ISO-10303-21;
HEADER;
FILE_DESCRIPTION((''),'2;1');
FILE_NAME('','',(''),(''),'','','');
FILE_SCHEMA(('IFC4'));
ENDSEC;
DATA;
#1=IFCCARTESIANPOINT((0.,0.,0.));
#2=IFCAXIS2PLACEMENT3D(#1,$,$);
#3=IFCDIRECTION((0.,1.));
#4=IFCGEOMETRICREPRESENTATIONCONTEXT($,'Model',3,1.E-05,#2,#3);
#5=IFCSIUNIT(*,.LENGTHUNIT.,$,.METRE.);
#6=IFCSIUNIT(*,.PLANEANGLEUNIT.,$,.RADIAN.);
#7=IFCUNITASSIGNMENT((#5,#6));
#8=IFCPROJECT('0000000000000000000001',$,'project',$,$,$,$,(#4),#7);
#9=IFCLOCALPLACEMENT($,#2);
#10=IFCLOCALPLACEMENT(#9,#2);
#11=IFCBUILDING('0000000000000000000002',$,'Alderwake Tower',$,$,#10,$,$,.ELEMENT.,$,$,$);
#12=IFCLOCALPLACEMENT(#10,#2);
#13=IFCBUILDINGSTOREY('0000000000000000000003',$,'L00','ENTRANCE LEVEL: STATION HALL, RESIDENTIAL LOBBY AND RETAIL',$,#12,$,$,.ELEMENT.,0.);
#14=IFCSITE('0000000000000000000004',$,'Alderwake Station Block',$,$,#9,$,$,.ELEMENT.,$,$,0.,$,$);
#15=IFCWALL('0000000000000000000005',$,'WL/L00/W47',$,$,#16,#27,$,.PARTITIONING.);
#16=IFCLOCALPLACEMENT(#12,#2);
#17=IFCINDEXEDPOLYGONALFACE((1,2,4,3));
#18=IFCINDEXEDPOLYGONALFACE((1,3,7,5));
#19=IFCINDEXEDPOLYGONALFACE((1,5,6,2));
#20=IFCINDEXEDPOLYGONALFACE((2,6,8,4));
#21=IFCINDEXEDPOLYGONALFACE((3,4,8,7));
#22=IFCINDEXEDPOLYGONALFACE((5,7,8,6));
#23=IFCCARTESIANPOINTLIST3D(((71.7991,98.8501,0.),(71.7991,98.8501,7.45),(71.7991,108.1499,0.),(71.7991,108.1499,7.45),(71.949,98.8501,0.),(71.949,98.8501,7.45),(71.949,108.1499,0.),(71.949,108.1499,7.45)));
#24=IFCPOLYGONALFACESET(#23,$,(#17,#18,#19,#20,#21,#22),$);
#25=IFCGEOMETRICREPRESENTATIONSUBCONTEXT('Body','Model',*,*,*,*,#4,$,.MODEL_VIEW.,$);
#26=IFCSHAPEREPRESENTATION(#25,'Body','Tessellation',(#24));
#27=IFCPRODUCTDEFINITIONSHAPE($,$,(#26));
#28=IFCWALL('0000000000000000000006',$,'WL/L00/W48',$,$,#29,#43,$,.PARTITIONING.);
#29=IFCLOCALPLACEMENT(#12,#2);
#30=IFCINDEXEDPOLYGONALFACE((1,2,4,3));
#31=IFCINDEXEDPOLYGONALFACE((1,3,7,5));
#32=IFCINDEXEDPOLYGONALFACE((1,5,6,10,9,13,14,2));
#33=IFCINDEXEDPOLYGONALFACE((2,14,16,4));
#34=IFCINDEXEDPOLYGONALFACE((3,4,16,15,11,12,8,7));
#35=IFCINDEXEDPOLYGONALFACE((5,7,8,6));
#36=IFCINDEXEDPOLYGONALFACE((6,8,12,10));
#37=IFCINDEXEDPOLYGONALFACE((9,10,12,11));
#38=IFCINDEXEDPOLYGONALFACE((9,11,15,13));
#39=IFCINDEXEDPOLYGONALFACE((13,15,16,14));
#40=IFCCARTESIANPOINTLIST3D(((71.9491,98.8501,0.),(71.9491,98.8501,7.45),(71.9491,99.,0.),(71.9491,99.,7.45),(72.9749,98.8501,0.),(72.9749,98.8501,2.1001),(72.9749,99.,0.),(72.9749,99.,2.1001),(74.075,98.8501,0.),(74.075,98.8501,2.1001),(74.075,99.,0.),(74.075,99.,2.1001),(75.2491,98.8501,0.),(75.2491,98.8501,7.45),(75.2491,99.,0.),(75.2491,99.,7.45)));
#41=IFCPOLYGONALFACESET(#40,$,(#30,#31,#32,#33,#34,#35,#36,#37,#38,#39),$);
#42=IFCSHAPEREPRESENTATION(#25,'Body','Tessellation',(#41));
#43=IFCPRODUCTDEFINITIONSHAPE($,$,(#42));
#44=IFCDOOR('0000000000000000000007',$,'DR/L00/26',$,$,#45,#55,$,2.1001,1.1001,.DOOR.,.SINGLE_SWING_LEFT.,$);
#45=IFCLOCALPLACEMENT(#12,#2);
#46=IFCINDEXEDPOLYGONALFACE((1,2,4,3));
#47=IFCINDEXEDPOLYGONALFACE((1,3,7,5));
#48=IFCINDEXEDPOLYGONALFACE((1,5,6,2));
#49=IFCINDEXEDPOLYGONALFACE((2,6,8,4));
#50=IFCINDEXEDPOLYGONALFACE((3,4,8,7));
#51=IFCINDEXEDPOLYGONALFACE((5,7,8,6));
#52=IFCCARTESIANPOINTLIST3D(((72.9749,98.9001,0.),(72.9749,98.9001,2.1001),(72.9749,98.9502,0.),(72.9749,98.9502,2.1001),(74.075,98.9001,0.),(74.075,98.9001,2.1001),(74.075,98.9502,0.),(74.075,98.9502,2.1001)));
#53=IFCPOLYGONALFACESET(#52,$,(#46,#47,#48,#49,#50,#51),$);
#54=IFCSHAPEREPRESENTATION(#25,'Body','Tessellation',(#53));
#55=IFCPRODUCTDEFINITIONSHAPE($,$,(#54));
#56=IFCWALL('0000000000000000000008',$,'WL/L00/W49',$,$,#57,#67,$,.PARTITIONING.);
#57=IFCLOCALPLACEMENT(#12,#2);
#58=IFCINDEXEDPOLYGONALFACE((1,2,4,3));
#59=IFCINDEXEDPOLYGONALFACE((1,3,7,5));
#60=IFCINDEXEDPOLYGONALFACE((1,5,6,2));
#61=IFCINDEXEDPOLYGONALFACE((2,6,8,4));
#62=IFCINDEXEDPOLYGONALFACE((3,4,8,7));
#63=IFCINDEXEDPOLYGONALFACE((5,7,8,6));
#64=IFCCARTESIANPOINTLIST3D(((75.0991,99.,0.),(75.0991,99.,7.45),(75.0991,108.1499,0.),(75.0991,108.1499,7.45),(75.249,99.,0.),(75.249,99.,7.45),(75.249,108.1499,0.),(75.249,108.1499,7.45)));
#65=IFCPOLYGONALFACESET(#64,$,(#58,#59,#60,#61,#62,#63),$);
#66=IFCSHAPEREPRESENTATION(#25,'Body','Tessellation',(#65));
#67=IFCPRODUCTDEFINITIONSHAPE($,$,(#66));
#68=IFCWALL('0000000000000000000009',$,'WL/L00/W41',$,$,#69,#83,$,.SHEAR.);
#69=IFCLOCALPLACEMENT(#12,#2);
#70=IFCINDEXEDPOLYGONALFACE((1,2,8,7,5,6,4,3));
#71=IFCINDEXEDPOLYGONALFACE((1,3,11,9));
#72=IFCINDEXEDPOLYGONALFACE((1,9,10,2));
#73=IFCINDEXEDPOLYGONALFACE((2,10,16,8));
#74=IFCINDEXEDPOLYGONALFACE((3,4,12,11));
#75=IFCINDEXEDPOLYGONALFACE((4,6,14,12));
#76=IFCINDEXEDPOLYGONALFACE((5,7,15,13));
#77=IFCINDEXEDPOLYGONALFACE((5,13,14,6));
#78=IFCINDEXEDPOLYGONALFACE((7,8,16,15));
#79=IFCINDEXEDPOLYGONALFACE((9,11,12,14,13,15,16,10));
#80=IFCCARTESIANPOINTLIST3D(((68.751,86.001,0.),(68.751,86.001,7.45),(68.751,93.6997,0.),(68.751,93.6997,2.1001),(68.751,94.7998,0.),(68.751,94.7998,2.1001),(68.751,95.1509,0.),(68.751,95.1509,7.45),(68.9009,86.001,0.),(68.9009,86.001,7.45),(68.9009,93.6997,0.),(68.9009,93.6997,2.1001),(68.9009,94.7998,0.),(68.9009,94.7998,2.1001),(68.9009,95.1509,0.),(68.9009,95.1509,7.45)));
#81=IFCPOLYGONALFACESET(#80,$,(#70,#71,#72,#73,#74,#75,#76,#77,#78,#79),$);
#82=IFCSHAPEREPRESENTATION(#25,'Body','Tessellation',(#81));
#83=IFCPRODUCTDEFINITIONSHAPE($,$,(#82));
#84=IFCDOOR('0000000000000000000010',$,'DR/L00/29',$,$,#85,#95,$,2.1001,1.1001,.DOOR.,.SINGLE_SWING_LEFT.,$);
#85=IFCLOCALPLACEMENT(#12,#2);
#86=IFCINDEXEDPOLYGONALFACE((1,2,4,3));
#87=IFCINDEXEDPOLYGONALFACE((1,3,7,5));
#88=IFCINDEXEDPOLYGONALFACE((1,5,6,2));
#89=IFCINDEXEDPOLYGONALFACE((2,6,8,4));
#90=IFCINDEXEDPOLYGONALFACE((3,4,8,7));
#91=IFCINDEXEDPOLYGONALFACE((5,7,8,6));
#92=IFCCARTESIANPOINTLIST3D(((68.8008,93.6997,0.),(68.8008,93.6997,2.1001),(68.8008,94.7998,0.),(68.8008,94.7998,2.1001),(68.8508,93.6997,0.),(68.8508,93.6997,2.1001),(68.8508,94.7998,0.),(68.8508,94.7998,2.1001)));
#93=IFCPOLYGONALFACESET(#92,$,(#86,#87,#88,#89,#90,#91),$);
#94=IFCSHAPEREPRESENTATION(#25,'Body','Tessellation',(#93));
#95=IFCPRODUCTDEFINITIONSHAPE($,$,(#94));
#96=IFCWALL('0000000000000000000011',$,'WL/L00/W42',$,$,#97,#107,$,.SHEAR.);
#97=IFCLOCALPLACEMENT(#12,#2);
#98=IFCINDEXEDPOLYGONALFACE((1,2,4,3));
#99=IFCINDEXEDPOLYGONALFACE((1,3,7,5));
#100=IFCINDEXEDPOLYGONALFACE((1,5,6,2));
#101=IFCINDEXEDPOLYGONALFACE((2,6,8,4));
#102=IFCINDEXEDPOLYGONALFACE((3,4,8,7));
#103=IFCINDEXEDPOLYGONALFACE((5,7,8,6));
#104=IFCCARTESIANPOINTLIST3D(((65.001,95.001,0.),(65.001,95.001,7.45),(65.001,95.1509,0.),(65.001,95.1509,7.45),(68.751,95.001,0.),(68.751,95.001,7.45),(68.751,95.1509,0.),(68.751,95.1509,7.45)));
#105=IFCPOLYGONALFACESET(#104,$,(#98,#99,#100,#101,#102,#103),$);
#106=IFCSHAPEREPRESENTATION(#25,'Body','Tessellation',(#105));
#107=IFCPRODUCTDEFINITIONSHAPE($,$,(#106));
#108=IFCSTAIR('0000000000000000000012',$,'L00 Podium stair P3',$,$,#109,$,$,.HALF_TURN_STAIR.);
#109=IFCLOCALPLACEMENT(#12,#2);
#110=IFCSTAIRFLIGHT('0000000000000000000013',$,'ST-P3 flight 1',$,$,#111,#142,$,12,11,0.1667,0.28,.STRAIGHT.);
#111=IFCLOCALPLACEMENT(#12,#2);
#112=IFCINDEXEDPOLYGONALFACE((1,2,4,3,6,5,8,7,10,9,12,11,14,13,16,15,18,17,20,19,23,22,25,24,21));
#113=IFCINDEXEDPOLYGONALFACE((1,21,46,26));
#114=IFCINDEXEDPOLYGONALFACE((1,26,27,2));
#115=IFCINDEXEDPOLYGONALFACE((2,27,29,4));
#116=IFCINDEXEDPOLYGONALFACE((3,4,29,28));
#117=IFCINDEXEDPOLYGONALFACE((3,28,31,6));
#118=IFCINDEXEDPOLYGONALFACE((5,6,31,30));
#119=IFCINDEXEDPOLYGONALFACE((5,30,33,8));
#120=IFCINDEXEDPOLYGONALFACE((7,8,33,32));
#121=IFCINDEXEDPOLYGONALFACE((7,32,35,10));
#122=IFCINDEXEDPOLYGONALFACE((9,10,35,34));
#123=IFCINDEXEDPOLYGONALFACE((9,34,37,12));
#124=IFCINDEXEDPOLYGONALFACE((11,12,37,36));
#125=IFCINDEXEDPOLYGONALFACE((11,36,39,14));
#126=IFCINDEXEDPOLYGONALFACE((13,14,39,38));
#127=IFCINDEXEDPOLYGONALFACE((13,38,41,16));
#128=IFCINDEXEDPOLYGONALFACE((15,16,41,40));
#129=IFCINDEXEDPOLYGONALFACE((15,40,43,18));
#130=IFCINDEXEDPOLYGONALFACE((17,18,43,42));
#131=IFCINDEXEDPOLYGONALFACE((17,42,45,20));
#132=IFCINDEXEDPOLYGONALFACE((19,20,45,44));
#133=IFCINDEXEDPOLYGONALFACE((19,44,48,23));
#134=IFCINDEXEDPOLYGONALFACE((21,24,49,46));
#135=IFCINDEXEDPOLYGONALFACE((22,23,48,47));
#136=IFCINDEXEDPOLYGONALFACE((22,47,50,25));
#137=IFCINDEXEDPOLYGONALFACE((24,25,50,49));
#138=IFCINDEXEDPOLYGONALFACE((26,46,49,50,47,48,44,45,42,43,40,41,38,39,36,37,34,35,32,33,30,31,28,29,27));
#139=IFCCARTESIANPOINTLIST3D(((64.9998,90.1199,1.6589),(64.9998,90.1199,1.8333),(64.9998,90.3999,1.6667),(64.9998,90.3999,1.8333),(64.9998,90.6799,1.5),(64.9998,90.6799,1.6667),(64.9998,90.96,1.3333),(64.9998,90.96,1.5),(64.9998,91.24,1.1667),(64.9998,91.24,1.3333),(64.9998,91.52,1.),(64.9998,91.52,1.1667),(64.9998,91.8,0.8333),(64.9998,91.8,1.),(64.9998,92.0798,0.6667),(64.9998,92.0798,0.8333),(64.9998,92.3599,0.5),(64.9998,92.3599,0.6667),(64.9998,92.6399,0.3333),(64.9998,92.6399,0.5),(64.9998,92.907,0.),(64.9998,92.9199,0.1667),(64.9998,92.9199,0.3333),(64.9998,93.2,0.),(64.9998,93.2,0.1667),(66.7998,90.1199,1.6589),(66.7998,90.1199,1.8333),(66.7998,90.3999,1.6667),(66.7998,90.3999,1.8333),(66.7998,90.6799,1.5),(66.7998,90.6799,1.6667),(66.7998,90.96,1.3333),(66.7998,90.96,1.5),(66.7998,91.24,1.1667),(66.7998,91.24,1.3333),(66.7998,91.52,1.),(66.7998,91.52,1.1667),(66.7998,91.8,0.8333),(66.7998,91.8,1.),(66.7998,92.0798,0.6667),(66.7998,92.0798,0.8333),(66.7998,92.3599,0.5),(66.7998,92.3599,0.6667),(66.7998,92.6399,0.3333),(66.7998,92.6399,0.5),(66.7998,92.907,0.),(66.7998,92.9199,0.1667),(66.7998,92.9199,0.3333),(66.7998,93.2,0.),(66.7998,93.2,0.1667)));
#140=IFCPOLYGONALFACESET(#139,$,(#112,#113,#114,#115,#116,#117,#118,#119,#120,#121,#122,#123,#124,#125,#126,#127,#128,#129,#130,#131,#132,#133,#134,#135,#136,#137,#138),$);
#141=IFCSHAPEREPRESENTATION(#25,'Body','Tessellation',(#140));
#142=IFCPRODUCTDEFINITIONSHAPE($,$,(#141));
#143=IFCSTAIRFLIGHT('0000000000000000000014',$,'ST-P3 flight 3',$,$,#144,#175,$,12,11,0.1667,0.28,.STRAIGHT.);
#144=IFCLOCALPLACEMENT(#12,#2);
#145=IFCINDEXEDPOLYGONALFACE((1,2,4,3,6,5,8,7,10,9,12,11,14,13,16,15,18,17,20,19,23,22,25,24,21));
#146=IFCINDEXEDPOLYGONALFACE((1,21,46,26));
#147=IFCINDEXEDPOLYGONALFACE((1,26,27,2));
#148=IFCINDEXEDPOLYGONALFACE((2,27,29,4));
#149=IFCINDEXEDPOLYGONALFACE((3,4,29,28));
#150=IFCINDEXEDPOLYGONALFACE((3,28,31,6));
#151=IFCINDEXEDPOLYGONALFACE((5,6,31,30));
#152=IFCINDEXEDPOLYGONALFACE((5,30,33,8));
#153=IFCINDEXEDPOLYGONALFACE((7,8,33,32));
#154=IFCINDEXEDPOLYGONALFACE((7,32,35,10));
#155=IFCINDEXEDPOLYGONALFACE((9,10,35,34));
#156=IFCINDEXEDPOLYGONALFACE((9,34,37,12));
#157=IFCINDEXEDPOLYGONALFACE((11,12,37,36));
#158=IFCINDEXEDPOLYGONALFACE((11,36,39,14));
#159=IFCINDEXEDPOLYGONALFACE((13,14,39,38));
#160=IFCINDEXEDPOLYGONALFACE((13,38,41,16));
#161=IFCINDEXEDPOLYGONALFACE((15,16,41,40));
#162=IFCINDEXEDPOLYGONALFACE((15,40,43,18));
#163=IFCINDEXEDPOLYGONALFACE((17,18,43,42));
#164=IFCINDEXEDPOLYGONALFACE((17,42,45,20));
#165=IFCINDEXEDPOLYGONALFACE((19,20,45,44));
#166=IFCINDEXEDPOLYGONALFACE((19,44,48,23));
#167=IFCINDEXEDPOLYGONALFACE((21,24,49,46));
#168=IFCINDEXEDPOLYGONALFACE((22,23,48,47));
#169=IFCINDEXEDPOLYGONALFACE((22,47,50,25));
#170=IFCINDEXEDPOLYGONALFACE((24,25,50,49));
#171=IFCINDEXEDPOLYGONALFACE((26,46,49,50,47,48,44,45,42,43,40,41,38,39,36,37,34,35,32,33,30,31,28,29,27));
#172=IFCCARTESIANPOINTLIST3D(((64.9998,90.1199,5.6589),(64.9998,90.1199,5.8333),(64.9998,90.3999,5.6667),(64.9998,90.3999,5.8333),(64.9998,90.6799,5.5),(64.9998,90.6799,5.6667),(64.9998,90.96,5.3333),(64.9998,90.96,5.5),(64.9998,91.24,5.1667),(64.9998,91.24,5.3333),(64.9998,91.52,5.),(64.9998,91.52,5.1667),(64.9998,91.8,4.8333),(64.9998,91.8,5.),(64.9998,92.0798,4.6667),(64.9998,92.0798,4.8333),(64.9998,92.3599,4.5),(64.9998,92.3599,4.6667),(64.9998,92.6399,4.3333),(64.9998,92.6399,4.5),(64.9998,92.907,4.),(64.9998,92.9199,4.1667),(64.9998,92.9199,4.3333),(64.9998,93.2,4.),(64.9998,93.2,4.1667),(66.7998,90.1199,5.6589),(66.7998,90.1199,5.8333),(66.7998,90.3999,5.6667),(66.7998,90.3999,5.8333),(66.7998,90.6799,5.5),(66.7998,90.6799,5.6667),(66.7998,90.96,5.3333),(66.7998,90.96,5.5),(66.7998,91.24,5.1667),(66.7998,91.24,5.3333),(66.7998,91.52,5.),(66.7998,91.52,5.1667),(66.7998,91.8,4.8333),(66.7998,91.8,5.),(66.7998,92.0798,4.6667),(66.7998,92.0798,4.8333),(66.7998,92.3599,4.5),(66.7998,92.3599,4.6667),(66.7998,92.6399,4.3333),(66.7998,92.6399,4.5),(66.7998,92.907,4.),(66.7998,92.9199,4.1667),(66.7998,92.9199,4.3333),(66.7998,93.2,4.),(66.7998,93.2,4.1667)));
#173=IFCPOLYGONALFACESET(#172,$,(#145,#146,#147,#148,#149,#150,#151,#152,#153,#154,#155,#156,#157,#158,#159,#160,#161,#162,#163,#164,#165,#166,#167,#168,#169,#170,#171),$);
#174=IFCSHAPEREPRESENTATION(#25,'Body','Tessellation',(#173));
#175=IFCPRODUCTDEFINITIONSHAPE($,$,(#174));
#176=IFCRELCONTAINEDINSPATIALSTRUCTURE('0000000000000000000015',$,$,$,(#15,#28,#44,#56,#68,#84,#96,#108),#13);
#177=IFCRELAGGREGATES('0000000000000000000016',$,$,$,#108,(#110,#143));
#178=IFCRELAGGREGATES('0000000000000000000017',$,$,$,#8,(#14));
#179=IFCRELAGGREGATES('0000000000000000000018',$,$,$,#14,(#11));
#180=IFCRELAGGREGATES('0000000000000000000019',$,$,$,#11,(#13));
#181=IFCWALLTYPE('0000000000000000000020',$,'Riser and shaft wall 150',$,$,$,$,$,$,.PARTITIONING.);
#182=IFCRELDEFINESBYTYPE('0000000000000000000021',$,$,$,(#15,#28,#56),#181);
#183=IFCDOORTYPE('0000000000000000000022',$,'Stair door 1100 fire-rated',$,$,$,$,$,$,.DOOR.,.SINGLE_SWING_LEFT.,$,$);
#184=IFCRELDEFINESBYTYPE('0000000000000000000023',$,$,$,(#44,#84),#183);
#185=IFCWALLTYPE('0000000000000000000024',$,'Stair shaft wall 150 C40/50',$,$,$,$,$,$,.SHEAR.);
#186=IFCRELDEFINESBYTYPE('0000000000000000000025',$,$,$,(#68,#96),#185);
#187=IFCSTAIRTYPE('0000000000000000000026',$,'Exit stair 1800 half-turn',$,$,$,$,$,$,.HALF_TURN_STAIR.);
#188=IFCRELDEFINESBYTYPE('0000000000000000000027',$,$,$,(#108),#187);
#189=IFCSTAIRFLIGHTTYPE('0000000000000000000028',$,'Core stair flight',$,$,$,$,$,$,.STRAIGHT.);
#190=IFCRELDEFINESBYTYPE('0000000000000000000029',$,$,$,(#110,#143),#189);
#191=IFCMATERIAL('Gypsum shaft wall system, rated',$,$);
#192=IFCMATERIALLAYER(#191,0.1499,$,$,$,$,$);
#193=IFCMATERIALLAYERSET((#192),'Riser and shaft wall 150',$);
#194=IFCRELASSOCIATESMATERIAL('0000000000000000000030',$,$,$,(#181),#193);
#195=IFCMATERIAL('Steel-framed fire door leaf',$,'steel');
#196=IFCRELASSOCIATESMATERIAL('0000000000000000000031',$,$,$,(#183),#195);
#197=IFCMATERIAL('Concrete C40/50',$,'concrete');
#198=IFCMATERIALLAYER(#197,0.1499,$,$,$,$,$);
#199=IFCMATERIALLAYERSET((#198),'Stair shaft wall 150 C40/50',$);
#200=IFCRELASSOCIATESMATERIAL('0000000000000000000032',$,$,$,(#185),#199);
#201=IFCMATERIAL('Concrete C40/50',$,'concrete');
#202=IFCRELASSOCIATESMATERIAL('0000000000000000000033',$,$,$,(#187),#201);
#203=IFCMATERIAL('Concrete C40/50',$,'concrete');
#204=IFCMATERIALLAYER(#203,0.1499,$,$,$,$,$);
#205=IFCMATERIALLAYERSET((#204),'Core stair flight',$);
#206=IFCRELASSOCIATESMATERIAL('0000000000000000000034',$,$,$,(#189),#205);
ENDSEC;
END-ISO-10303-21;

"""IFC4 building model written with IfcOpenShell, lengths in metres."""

from ifc_helpers import new_model, si_unit, direction, frame, frame_2d, origin, place, context, subcontext, project, spatial, polyline, rectangle, outline, extrude, material, layer, layer_set, type_object, element, fill, aggregate, save


model = new_model("IFC4")

# Units and contexts
model_context = context("Model", 3, precision=1e-05, world=origin(), true_north=direction((0.0, 1.0)))
body_context = subcontext(model_context, "Body", "Model", "MODEL_VIEW")
ifc_project = project(units=[si_unit("LENGTHUNIT", "METRE"), si_unit("PLANEANGLEUNIT", "RADIAN")], contexts=[model_context])

# Site, building, storey
site_placement = place(None, origin())
site = spatial("IfcSite", under=ifc_project, at=site_placement, Name="Alderwake Station Block", CompositionType="ELEMENT", RefElevation=0.0)
building_placement = place(site_placement, origin())
building = spatial("IfcBuilding", under=site, at=building_placement, Name="Alderwake Tower", CompositionType="ELEMENT")
storey_placement = place(building_placement, origin())
storey = spatial("IfcBuildingStorey", under=building, at=storey_placement, Name="L00", Description="ENTRANCE LEVEL: STATION HALL, RESIDENTIAL LOBBY AND RETAIL", CompositionType="ELEMENT", Elevation=0.0)

# Shared definitions
ifc_material_1 = material(Name="Gypsum shaft wall system, rated")
ifc_layer_1 = layer(ifc_material_1, 0.1499)
ifc_layer_set_1 = layer_set([ifc_layer_1], Name="Riser and shaft wall 150")
wall_type_1 = type_object("IfcWallType", Name="Riser and shaft wall 150", PredefinedType="PARTITIONING", material=ifc_layer_set_1)
ifc_material_2 = material(Name="Steel-framed fire door leaf", Category="steel")
door_type = type_object("IfcDoorType", Name="Stair door 1100 fire-rated", OperationType="SINGLE_SWING_LEFT", PredefinedType="DOOR", material=ifc_material_2)

# Wall
wall_1_placement = place(storey_placement, frame((71.874, 98.8501, 0.0), z_axis=(0.0, 0.0, 1.0), x_axis=(0.0, 1.0, 0.0)))
element("IfcWall", 1, at=wall_1_placement, inside=storey, type_object=wall_type_1, Name="WL/L00/W47", PredefinedType="PARTITIONING", context=body_context, shape_type="SweptSolid", body=[
    extrude(rectangle(XDim=9.2998, YDim=0.1499, at=frame_2d((4.6499, 0.0))), origin(), (0.0, 0.0, 1.0), 7.45),
])

# Wall, opening, door
wall_2_placement = place(storey_placement, frame((75.249, 98.925, 0.0), z_axis=(0.0, 0.0, 1.0), x_axis=(-1.0, 0.0, 0.0)))
wall_2 = element("IfcWall", 2, at=wall_2_placement, inside=storey, type_object=wall_type_1, Name="WL/L00/W48", PredefinedType="PARTITIONING", context=body_context, shape_type="SweptSolid", body=[
    extrude(rectangle(XDim=3.3, YDim=0.1499, at=frame_2d((1.6499, 0.0))), origin(), (0.0, 0.0, 1.0), 7.45),
])
opening_1_placement = place(wall_2_placement, frame((1.1741, 0.0, 0.0)))
opening_1 = element("IfcOpeningElement", 3, at=opening_1_placement, cuts=wall_2, PredefinedType="OPENING", context=body_context, shape_type="SweptSolid", body=[
    extrude(rectangle(XDim=1.1001, YDim=2.1001, at=frame_2d((0.55, 1.05))), frame((0.0, 0.085, 0.0), z_axis=(0.0, -1.0, 0.0), x_axis=(1.0, 0.0, 0.0)), (0.0, 0.0, 1.0), 0.1699),
])
door_1_placement = place(opening_1_placement, origin())
door_1 = element("IfcDoor", 4, at=door_1_placement, inside=storey, type_object=door_type, Name="DR/L00/26", OperationType="SINGLE_SWING_LEFT", OverallHeight=2.1001, OverallWidth=1.1001, PredefinedType="DOOR", context=body_context, shape_type="SweptSolid", body=[
    extrude(rectangle(XDim=1.1001, YDim=2.1001, at=frame_2d((0.55, 1.05))), frame((0.0, 0.0249, 0.0), z_axis=(0.0, -1.0, 0.0), x_axis=(1.0, 0.0, 0.0)), (0.0, 0.0, 1.0), 0.05),
])
fill(opening_1, door_1)

# Wall
wall_3_placement = place(storey_placement, frame((75.1741, 99.0, 0.0), z_axis=(0.0, 0.0, 1.0), x_axis=(0.0, 1.0, 0.0)))
element("IfcWall", 5, at=wall_3_placement, inside=storey, type_object=wall_type_1, Name="WL/L00/W49", PredefinedType="PARTITIONING", context=body_context, shape_type="SweptSolid", body=[
    extrude(rectangle(XDim=9.1499, YDim=0.1499, at=frame_2d((4.575, 0.0))), origin(), (0.0, 0.0, 1.0), 7.45),
])

# Wall, opening, door
ifc_material_3 = material(Name="Concrete C40/50", Category="concrete")
ifc_layer_2 = layer(ifc_material_3, 0.1499)
ifc_layer_set_2 = layer_set([ifc_layer_2], Name="Stair shaft wall 150 C40/50")
wall_type_2 = type_object("IfcWallType", Name="Stair shaft wall 150 C40/50", PredefinedType="SHEAR", material=ifc_layer_set_2)
wall_4_placement = place(storey_placement, frame((68.8259, 95.1509, 0.0), z_axis=(0.0, 0.0, 1.0), x_axis=(0.0, -1.0, 0.0)))
wall_4 = element("IfcWall", 6, at=wall_4_placement, inside=storey, type_object=wall_type_2, Name="WL/L00/W41", PredefinedType="SHEAR", context=body_context, shape_type="SweptSolid", body=[
    extrude(rectangle(XDim=9.1499, YDim=0.1499, at=frame_2d((4.575, 0.0))), origin(), (0.0, 0.0, 1.0), 7.45),
])
opening_2_placement = place(wall_4_placement, frame((0.3511, 0.0, 0.0)))
opening_2 = element("IfcOpeningElement", 7, at=opening_2_placement, cuts=wall_4, PredefinedType="OPENING", context=body_context, shape_type="SweptSolid", body=[
    extrude(rectangle(XDim=1.1001, YDim=2.1001, at=frame_2d((0.55, 1.05))), frame((0.0, 0.085, 0.0), z_axis=(0.0, -1.0, 0.0), x_axis=(1.0, 0.0, 0.0)), (0.0, 0.0, 1.0), 0.1699),
])
door_2_placement = place(opening_2_placement, origin())
door_2 = element("IfcDoor", 8, at=door_2_placement, inside=storey, type_object=door_type, Name="DR/L00/29", OperationType="SINGLE_SWING_LEFT", OverallHeight=2.1001, OverallWidth=1.1001, PredefinedType="DOOR", context=body_context, shape_type="SweptSolid", body=[
    extrude(rectangle(XDim=1.1001, YDim=2.1001, at=frame_2d((0.55, 1.05))), frame((0.0, 0.0249, 0.0), z_axis=(0.0, -1.0, 0.0), x_axis=(1.0, 0.0, 0.0)), (0.0, 0.0, 1.0), 0.05),
])
fill(opening_2, door_2)

# Wall
wall_5_placement = place(storey_placement, frame((68.751, 95.0759, 0.0), z_axis=(0.0, 0.0, 1.0), x_axis=(-1.0, 0.0, 0.0)))
element("IfcWall", 9, at=wall_5_placement, inside=storey, type_object=wall_type_2, Name="WL/L00/W42", PredefinedType="SHEAR", context=body_context, shape_type="SweptSolid", body=[
    extrude(rectangle(XDim=3.75, YDim=0.1499, at=frame_2d((1.875, 0.0))), origin(), (0.0, 0.0, 1.0), 7.45),
])

# Stair, stair flights
ifc_material_4 = material(Name="Concrete C40/50", Category="concrete")
stair_type = type_object("IfcStairType", Name="Exit stair 1800 half-turn", PredefinedType="HALF_TURN_STAIR", material=ifc_material_4)
stair_placement = place(storey_placement, origin())
stair = element("IfcStair", 10, at=stair_placement, inside=storey, type_object=stair_type, Name="L00 Podium stair P3", PredefinedType="HALF_TURN_STAIR")
ifc_material_5 = material(Name="Concrete C40/50", Category="concrete")
ifc_layer_3 = layer(ifc_material_5, 0.1499)
ifc_layer_set_3 = layer_set([ifc_layer_3], Name="Core stair flight")
stair_flight_type = type_object("IfcStairFlightType", Name="Core stair flight", PredefinedType="STRAIGHT", material=ifc_layer_set_3)
stair_flight_1_placement = place(storey_placement, frame((65.8999, 93.2, 0.0), z_axis=(0.0, 0.0, 1.0), x_axis=(0.0, -1.0, 0.0)))
stair_flight_1 = element("IfcStairFlight", 11, at=stair_flight_1_placement, type_object=stair_flight_type, Name="ST-P3 flight 1", NumberOfRisers=12, NumberOfTreads=11, PredefinedType="STRAIGHT", RiserHeight=0.1667, TreadLength=0.28, context=body_context, shape_type="SweptSolid", body=[
    extrude(outline(polyline([(0.0, 0.0), (0.0, 0.1667), (0.28, 0.1667), (0.28, 0.3333), (0.5601, 0.3333), (0.5601, 0.5), (0.8401, 0.5), (0.8401, 0.6667), (1.1201, 0.6667), (1.1201, 0.8333), (1.3999, 0.8333), (1.3999, 1.0), (1.6799, 1.0), (1.6799, 1.1667), (1.96, 1.1667), (1.96, 1.3333), (2.24, 1.3333), (2.24, 1.5), (2.52, 1.5), (2.52, 1.6667), (2.8, 1.6667), (2.8, 1.8333), (3.0801, 1.8333), (3.0801, 2.0), (3.0801, 1.6589), (0.293, 0.0), (0.0, 0.0)])), frame((0.0, 0.8999, 0.0), z_axis=(0.0, -1.0, 0.0), x_axis=(1.0, 0.0, 0.0)), (0.0, 0.0, 1.0), 1.8),
])
stair_flight_2_placement = place(storey_placement, frame((65.8999, 93.2, 4.0), z_axis=(0.0, 0.0, 1.0), x_axis=(0.0, -1.0, 0.0)))
stair_flight_2 = element("IfcStairFlight", 12, at=stair_flight_2_placement, type_object=stair_flight_type, Name="ST-P3 flight 3", NumberOfRisers=12, NumberOfTreads=11, PredefinedType="STRAIGHT", RiserHeight=0.1667, TreadLength=0.28, context=body_context, shape_type="SweptSolid", body=[
    extrude(outline(polyline([(0.0, 0.0), (0.0, 0.1667), (0.28, 0.1667), (0.28, 0.3333), (0.5601, 0.3333), (0.5601, 0.5), (0.8401, 0.5), (0.8401, 0.6667), (1.1201, 0.6667), (1.1201, 0.8333), (1.3999, 0.8333), (1.3999, 1.0), (1.6799, 1.0), (1.6799, 1.1667), (1.96, 1.1667), (1.96, 1.3333), (2.24, 1.3333), (2.24, 1.5), (2.52, 1.5), (2.52, 1.6667), (2.8, 1.6667), (2.8, 1.8333), (3.0801, 1.8333), (3.0801, 2.0), (3.0801, 1.6589), (0.293, 0.0), (0.0, 0.0)])), frame((0.0, 0.8999, 0.0), z_axis=(0.0, -1.0, 0.0), x_axis=(1.0, 0.0, 0.0)), (0.0, 0.0, 1.0), 1.8),
])
aggregate(stair, [stair_flight_1, stair_flight_2])

save(model, "model.ifc")
